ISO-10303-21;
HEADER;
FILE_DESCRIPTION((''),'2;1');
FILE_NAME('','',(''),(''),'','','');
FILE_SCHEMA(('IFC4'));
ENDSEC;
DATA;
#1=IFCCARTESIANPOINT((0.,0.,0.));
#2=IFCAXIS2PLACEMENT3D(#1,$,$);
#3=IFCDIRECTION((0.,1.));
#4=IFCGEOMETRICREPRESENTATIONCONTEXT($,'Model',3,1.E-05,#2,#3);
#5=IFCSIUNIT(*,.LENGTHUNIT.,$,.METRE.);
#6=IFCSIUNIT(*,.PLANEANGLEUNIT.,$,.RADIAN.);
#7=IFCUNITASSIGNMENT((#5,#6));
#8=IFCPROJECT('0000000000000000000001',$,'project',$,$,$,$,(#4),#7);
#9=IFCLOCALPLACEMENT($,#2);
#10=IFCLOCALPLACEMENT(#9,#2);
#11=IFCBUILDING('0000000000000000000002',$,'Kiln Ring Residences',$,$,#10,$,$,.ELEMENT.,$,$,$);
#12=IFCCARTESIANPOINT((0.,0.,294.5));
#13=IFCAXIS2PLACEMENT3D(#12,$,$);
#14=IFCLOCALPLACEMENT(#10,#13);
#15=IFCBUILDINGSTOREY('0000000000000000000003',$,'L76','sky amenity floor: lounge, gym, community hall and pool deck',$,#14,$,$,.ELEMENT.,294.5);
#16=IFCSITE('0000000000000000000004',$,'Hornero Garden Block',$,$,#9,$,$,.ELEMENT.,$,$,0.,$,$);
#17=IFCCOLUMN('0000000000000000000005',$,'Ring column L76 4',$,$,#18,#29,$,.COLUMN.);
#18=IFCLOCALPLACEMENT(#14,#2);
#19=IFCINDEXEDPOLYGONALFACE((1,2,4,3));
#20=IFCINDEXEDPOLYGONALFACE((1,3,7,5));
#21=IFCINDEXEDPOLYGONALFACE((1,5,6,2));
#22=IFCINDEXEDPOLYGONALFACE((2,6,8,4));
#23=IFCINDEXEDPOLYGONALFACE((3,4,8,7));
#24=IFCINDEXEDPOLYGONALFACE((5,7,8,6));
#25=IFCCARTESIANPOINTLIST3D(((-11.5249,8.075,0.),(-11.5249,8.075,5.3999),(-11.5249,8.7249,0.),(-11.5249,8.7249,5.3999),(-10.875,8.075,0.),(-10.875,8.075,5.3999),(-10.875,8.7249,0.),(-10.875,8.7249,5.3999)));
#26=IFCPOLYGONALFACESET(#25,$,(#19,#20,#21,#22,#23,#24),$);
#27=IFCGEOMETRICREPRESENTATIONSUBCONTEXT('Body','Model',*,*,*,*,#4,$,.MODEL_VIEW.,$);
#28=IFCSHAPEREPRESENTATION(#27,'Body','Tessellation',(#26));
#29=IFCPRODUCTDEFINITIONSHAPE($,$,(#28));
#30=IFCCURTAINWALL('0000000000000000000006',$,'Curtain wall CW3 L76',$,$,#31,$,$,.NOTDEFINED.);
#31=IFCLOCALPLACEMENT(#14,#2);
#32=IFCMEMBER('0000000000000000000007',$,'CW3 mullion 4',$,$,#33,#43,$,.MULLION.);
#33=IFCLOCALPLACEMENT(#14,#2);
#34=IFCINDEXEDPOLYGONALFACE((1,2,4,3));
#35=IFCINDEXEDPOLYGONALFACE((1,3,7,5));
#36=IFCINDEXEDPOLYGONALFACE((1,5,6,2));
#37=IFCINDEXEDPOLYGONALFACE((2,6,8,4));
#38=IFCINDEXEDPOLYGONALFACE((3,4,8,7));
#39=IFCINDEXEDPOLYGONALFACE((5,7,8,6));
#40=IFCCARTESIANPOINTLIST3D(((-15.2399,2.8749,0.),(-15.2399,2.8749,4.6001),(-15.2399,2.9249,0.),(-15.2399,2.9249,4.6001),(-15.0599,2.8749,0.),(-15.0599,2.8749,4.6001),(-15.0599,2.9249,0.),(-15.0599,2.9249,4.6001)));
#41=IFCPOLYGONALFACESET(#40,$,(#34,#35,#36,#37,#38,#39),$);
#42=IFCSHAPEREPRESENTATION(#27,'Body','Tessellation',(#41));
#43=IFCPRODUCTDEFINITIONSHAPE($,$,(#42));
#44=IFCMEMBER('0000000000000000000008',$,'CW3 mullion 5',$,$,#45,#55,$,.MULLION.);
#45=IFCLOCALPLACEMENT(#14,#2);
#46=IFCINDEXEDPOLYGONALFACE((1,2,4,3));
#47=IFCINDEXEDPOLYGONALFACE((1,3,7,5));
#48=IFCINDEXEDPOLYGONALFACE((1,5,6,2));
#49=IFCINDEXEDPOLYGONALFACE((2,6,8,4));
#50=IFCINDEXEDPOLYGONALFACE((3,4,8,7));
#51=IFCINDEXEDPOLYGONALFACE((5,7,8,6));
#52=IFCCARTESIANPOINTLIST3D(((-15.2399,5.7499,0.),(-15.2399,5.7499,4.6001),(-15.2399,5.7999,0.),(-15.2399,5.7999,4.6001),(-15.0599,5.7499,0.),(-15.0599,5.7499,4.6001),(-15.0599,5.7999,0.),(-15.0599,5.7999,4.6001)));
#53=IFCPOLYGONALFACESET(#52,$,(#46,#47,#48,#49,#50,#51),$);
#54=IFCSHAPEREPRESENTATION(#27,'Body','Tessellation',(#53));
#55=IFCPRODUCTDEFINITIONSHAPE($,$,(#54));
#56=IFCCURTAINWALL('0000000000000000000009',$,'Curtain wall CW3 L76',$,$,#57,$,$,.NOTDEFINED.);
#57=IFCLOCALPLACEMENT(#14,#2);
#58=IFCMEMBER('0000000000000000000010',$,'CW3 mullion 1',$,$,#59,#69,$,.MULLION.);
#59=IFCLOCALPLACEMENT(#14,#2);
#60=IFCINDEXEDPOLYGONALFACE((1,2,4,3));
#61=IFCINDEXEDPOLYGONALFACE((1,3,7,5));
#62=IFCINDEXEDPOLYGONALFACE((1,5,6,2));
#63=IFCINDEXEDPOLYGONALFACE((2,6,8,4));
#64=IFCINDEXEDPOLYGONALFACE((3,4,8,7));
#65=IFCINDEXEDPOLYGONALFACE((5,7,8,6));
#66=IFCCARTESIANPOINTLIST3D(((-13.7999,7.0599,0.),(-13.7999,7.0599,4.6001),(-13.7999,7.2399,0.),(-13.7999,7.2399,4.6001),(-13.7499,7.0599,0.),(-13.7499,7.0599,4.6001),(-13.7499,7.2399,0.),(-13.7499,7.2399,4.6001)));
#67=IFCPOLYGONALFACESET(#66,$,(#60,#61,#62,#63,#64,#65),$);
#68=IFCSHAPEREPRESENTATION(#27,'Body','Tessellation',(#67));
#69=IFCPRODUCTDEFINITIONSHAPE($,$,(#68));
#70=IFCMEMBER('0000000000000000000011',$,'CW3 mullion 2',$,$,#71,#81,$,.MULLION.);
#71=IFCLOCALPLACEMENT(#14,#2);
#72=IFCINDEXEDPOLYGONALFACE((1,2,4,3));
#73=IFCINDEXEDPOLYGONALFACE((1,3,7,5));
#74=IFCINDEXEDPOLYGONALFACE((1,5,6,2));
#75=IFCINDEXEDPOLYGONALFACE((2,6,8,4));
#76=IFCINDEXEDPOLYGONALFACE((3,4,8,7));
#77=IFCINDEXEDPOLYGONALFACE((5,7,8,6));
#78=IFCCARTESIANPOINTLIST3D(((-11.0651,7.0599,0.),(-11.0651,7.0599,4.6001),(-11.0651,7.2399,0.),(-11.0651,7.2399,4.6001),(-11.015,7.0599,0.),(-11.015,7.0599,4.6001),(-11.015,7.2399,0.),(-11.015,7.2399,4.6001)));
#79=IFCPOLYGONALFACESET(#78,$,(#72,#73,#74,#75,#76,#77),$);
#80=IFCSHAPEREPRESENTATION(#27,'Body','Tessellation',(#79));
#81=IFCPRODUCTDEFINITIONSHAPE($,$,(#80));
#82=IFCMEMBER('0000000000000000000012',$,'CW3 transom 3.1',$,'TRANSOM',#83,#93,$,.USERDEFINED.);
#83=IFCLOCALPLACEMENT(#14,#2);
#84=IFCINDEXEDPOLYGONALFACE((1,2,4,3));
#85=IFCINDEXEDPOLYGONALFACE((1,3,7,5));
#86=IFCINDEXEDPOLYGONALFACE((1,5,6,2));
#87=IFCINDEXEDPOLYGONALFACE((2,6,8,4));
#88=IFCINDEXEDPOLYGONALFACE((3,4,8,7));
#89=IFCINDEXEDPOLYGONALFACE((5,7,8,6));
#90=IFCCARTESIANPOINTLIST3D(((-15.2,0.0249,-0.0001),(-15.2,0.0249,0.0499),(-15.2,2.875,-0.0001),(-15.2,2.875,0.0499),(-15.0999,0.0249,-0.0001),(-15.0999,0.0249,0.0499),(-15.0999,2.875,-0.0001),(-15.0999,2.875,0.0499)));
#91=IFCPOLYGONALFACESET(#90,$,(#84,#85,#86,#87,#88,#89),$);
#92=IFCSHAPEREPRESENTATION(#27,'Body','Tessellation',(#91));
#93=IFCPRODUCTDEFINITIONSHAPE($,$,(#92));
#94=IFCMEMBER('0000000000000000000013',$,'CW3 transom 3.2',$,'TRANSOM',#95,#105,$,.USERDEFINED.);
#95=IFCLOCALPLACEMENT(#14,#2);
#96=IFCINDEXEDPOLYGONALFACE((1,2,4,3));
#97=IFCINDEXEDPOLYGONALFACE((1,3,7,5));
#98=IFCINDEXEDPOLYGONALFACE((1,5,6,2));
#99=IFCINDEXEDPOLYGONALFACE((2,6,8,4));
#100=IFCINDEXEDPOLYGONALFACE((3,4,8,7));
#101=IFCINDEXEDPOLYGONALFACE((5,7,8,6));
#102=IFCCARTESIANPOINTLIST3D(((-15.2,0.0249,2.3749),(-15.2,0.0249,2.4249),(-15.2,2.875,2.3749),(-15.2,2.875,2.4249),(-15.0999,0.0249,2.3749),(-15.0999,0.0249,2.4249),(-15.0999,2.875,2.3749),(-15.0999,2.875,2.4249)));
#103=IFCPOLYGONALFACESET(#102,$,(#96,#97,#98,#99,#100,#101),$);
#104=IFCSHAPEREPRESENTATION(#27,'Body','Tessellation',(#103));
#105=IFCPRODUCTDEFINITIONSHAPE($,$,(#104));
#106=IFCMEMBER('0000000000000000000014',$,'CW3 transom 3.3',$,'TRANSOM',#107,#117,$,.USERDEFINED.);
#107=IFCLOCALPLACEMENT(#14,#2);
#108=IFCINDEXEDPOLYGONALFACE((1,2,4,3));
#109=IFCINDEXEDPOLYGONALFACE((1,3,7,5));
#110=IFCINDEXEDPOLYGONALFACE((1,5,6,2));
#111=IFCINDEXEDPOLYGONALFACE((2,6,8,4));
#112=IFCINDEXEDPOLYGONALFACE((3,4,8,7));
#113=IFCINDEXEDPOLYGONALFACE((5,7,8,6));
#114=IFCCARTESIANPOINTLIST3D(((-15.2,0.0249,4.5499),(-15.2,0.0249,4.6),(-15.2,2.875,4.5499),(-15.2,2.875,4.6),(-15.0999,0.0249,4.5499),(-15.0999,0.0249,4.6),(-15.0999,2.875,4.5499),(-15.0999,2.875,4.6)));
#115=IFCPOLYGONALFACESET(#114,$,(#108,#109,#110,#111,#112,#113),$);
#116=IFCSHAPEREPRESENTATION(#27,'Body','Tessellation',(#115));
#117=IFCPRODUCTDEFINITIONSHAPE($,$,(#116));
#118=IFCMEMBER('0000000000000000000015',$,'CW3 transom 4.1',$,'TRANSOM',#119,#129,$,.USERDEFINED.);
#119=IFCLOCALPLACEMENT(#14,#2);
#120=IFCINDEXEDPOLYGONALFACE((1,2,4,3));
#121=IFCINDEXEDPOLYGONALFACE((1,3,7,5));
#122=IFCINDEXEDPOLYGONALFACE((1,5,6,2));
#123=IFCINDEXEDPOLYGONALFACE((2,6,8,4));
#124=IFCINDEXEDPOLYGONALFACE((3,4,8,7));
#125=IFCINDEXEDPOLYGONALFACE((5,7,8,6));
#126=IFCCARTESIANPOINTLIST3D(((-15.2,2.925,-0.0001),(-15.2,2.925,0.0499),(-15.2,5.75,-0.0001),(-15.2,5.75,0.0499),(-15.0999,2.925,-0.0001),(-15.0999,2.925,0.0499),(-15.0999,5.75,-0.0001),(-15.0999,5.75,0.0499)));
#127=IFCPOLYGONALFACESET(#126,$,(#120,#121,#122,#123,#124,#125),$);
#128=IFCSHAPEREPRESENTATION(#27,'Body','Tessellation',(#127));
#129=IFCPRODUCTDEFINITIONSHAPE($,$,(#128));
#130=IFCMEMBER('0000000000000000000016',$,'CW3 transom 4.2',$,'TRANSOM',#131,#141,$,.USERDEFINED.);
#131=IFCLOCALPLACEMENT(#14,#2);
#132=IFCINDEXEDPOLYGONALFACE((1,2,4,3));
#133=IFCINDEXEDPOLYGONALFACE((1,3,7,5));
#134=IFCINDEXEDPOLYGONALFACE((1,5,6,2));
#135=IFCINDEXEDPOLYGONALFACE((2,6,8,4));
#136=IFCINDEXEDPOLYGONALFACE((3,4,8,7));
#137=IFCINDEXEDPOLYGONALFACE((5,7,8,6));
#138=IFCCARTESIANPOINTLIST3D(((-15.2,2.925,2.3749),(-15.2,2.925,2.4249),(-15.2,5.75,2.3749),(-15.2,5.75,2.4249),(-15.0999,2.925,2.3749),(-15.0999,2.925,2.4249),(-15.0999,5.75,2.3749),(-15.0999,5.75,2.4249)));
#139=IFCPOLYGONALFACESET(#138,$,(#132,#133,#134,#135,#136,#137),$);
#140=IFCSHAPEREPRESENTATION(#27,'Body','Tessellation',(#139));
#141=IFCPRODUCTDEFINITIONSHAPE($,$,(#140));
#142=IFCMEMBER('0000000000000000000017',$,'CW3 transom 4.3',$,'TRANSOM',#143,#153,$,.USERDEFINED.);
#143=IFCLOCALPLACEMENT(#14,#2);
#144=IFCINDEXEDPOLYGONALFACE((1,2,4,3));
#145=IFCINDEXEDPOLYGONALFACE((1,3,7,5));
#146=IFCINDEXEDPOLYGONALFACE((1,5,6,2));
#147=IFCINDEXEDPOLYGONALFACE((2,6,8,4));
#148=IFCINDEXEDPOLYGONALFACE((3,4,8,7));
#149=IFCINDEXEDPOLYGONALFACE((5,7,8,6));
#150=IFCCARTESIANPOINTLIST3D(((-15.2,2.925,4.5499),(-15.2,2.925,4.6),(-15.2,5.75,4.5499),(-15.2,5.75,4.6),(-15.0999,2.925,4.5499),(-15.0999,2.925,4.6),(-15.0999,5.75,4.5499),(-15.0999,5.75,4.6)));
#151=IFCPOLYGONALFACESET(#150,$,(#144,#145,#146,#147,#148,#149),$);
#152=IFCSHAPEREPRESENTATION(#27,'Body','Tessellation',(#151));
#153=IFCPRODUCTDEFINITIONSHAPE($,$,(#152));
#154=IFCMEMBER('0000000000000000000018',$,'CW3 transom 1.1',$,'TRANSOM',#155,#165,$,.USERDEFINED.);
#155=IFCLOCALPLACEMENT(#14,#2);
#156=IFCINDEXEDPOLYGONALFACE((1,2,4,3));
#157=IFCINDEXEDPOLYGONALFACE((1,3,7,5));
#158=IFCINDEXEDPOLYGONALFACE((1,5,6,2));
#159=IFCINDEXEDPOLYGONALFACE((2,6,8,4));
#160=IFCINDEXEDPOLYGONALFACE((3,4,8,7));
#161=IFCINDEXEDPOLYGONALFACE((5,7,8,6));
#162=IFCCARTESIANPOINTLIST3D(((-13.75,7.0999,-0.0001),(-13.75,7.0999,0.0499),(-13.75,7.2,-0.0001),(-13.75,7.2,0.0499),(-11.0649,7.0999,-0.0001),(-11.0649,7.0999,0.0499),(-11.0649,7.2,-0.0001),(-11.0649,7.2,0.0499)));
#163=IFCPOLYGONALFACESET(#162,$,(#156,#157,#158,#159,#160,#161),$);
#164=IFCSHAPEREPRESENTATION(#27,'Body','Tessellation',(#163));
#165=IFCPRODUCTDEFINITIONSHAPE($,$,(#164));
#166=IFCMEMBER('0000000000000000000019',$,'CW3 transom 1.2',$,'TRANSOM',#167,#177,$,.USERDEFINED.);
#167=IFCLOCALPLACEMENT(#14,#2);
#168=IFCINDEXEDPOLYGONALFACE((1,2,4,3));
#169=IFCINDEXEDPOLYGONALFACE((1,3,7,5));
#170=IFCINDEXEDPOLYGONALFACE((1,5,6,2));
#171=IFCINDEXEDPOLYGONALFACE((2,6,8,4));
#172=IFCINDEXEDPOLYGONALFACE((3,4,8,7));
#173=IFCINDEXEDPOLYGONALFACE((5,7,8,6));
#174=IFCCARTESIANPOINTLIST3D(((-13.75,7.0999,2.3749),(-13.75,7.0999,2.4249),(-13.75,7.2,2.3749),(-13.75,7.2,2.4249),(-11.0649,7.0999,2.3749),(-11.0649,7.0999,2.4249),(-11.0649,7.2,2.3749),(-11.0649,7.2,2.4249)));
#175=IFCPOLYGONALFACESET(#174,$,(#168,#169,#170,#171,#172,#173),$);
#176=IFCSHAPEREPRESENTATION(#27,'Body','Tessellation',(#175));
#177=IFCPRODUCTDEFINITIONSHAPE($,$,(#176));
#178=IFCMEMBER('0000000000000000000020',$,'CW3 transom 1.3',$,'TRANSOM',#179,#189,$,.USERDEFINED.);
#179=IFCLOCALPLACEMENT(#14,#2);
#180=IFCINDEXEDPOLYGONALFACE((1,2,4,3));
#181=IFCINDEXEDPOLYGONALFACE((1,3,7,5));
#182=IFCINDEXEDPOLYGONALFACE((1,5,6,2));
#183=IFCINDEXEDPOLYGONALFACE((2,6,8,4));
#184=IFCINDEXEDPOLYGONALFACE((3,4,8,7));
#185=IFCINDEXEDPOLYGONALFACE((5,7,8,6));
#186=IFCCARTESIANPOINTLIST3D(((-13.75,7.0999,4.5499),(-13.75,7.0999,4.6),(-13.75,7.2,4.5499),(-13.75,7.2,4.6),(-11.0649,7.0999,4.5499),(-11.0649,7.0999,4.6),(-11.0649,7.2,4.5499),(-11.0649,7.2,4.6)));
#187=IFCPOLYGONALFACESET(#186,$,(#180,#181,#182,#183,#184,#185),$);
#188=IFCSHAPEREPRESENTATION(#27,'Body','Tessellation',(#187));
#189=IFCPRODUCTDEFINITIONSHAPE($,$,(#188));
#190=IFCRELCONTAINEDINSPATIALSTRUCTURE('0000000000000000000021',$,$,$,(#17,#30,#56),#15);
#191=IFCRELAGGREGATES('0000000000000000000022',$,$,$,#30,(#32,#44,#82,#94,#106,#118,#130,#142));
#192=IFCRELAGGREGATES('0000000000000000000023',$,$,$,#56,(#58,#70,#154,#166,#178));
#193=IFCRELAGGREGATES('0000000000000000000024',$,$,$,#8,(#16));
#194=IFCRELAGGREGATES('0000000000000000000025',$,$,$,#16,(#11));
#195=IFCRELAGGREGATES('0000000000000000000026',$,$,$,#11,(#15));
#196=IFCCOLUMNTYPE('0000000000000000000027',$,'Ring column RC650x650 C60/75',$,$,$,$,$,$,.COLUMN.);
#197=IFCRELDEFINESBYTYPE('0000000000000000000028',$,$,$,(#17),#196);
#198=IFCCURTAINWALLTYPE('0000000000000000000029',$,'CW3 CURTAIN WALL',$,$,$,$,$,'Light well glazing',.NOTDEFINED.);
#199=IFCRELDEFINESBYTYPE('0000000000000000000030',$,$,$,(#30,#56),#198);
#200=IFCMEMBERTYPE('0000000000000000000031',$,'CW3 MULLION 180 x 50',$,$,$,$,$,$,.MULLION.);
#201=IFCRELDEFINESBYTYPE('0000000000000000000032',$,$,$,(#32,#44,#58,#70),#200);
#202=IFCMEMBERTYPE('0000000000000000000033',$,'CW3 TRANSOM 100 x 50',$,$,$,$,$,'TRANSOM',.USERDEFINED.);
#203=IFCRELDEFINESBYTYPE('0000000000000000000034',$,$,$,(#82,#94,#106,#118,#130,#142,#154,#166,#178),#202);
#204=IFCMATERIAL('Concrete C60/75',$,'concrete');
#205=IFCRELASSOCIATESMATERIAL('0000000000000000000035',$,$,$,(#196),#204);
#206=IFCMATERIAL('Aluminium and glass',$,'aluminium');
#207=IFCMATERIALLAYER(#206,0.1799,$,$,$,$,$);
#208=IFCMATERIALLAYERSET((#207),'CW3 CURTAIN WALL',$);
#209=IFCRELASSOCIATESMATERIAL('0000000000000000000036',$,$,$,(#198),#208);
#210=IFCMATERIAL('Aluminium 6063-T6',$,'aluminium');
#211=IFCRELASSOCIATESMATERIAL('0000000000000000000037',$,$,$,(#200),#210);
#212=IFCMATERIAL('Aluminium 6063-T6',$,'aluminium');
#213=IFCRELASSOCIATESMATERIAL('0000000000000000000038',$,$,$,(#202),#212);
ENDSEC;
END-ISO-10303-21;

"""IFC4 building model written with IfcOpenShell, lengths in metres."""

from ifc_helpers import new_model, si_unit, direction, frame, origin, origin_2d, place, context, subcontext, project, spatial, rectangle, extrude, material, layer, layer_set, material_profile, profile_set, type_object, element, aggregate, save


model = new_model("IFC4")

# Units and contexts
model_context = context("Model", 3, precision=1e-05, world=origin(), true_north=direction((0.0, 1.0)))
body_context = subcontext(model_context, "Body", "Model", "MODEL_VIEW")
ifc_project = project(units=[si_unit("LENGTHUNIT", "METRE"), si_unit("PLANEANGLEUNIT", "RADIAN")], contexts=[model_context])

# Site, building, storey
site_placement = place(None, origin())
site = spatial("IfcSite", under=ifc_project, at=site_placement, Name="Hornero Garden Block", CompositionType="ELEMENT", RefElevation=0.0)
building_placement = place(site_placement, origin())
building = spatial("IfcBuilding", under=site, at=building_placement, Name="Kiln Ring Residences", CompositionType="ELEMENT")
storey_placement = place(building_placement, frame((0.0, 0.0, 294.5)))
storey = spatial("IfcBuildingStorey", under=building, at=storey_placement, Name="L76", Description="sky amenity floor: lounge, gym, community hall and pool deck", CompositionType="ELEMENT", Elevation=294.5)

# Column
ifc_material_1 = material(Name="Concrete C60/75", Category="concrete")
ifc_material_profile_1 = material_profile(ifc_material_1, rectangle(XDim=0.6499, YDim=0.6499, at=origin_2d()), Name="RC650x650")
ifc_profile_set_1 = profile_set([ifc_material_profile_1], Name="Concrete C60/75")
column_type = type_object("IfcColumnType", Name="Ring column RC650x650 C60/75", PredefinedType="COLUMN", material=ifc_profile_set_1)
column_placement = place(storey_placement, frame((-11.2, 8.3999, 0.0), z_axis=(0.0, 0.0, 1.0), x_axis=(1.0, 0.0, 0.0)))
element("IfcColumn", 1, at=column_placement, inside=storey, type_object=column_type, Name="Ring column L76 4", PredefinedType="COLUMN", context=body_context, shape_type="SweptSolid", body=[
    extrude(rectangle(XDim=0.6499, YDim=0.6499, at=origin_2d()), origin(), (0.0, 0.0, 1.0), 5.3999),
])

# Curtain walls, members
ifc_material_2 = material(Name="Aluminium and glass", Category="aluminium")
ifc_layer_1 = layer(ifc_material_2, 0.1799)
ifc_layer_set_1 = layer_set([ifc_layer_1], Name="CW3 CURTAIN WALL")
curtain_wall_type = type_object("IfcCurtainWallType", Name="CW3 CURTAIN WALL", ElementType="Light well glazing", PredefinedType="NOTDEFINED", material=ifc_layer_set_1)
placement = place(storey_placement, origin())
curtain_wall_1 = element("IfcCurtainWall", 2, at=placement, inside=storey, type_object=curtain_wall_type, Name="Curtain wall CW3 L76", PredefinedType="NOTDEFINED")
ifc_material_3 = material(Name="Aluminium 6063-T6", Category="aluminium")
ifc_material_profile_2 = material_profile(ifc_material_3, rectangle(XDim=0.1799, YDim=0.05, at=origin_2d()), Name="AL 180x50")
ifc_profile_set_2 = profile_set([ifc_material_profile_2], Name="Aluminium 6063-T6")
member_type_1 = type_object("IfcMemberType", Name="CW3 MULLION 180 x 50", PredefinedType="MULLION", material=ifc_profile_set_2)
member_1_placement = place(storey_placement, frame((-15.1499, 2.8999, 0.0), z_axis=(0.0, 0.0, 1.0), x_axis=(-1.0, 0.0, 0.0)))
member_1 = element("IfcMember", 3, at=member_1_placement, type_object=member_type_1, Name="CW3 mullion 4", PredefinedType="MULLION", context=body_context, shape_type="SweptSolid", body=[
    extrude(rectangle(XDim=0.1799, YDim=0.05, at=origin_2d()), origin(), (0.0, 0.0, 1.0), 4.6001),
])
member_2_placement = place(storey_placement, frame((-15.1499, 5.7749, 0.0), z_axis=(0.0, 0.0, 1.0), x_axis=(-1.0, 0.0, 0.0)))
member_2 = element("IfcMember", 4, at=member_2_placement, type_object=member_type_1, Name="CW3 mullion 5", PredefinedType="MULLION", context=body_context, shape_type="SweptSolid", body=[
    extrude(rectangle(XDim=0.1799, YDim=0.05, at=origin_2d()), origin(), (0.0, 0.0, 1.0), 4.6001),
])
curtain_wall_2 = element("IfcCurtainWall", 5, at=placement, inside=storey, type_object=curtain_wall_type, Name="Curtain wall CW3 L76", PredefinedType="NOTDEFINED")
member_3_placement = place(storey_placement, frame((-13.7749, 7.1499, 0.0), z_axis=(0.0, 0.0, 1.0), x_axis=(0.0, 1.0, 0.0)))
member_3 = element("IfcMember", 6, at=member_3_placement, type_object=member_type_1, Name="CW3 mullion 1", PredefinedType="MULLION", context=body_context, shape_type="SweptSolid", body=[
    extrude(rectangle(XDim=0.1799, YDim=0.05, at=origin_2d()), origin(), (0.0, 0.0, 1.0), 4.6001),
])
member_4_placement = place(storey_placement, frame((-11.04, 7.1499, 0.0), z_axis=(0.0, 0.0, 1.0), x_axis=(0.0, 1.0, 0.0)))
member_4 = element("IfcMember", 7, at=member_4_placement, type_object=member_type_1, Name="CW3 mullion 2", PredefinedType="MULLION", context=body_context, shape_type="SweptSolid", body=[
    extrude(rectangle(XDim=0.1799, YDim=0.05, at=origin_2d()), origin(), (0.0, 0.0, 1.0), 4.6001),
])

# Members
ifc_material_4 = material(Name="Aluminium 6063-T6", Category="aluminium")
ifc_material_profile_3 = material_profile(ifc_material_4, rectangle(XDim=0.1001, YDim=0.05, at=origin_2d()), Name="AL 100x50")
ifc_profile_set_3 = profile_set([ifc_material_profile_3], Name="Aluminium 6063-T6")
member_type_2 = type_object("IfcMemberType", Name="CW3 TRANSOM 100 x 50", ElementType="TRANSOM", PredefinedType="USERDEFINED", material=ifc_profile_set_3)
member_5_placement = place(storey_placement, frame((-15.1499, 0.0249, 0.0249), z_axis=(0.0, 1.0, 0.0), x_axis=(-1.0, 0.0, 0.0)))
member_5 = element("IfcMember", 8, at=member_5_placement, type_object=member_type_2, Name="CW3 transom 3.1", ObjectType="TRANSOM", PredefinedType="USERDEFINED", context=body_context, shape_type="SweptSolid", body=[
    extrude(rectangle(XDim=0.1001, YDim=0.05, at=origin_2d()), origin(), (0.0, 0.0, 1.0), 2.8501),
])
member_6_placement = place(storey_placement, frame((-15.1499, 0.0249, 2.3999), z_axis=(0.0, 1.0, 0.0), x_axis=(-1.0, 0.0, 0.0)))
member_6 = element("IfcMember", 9, at=member_6_placement, type_object=member_type_2, Name="CW3 transom 3.2", ObjectType="TRANSOM", PredefinedType="USERDEFINED", context=body_context, shape_type="SweptSolid", body=[
    extrude(rectangle(XDim=0.1001, YDim=0.05, at=origin_2d()), origin(), (0.0, 0.0, 1.0), 2.8501),
])
member_7_placement = place(storey_placement, frame((-15.1499, 0.0249, 4.575), z_axis=(0.0, 1.0, 0.0), x_axis=(-1.0, 0.0, 0.0)))
member_7 = element("IfcMember", 10, at=member_7_placement, type_object=member_type_2, Name="CW3 transom 3.3", ObjectType="TRANSOM", PredefinedType="USERDEFINED", context=body_context, shape_type="SweptSolid", body=[
    extrude(rectangle(XDim=0.1001, YDim=0.05, at=origin_2d()), origin(), (0.0, 0.0, 1.0), 2.8501),
])
member_8_placement = place(storey_placement, frame((-15.1499, 2.925, 0.0249), z_axis=(0.0, 1.0, 0.0), x_axis=(-1.0, 0.0, 0.0)))
member_8 = element("IfcMember", 11, at=member_8_placement, type_object=member_type_2, Name="CW3 transom 4.1", ObjectType="TRANSOM", PredefinedType="USERDEFINED", context=body_context, shape_type="SweptSolid", body=[
    extrude(rectangle(XDim=0.1001, YDim=0.05, at=origin_2d()), origin(), (0.0, 0.0, 1.0), 2.825),
])
member_9_placement = place(storey_placement, frame((-15.1499, 2.925, 2.3999), z_axis=(0.0, 1.0, 0.0), x_axis=(-1.0, 0.0, 0.0)))
member_9 = element("IfcMember", 12, at=member_9_placement, type_object=member_type_2, Name="CW3 transom 4.2", ObjectType="TRANSOM", PredefinedType="USERDEFINED", context=body_context, shape_type="SweptSolid", body=[
    extrude(rectangle(XDim=0.1001, YDim=0.05, at=origin_2d()), origin(), (0.0, 0.0, 1.0), 2.825),
])
member_10_placement = place(storey_placement, frame((-15.1499, 2.925, 4.575), z_axis=(0.0, 1.0, 0.0), x_axis=(-1.0, 0.0, 0.0)))
member_10 = element("IfcMember", 13, at=member_10_placement, type_object=member_type_2, Name="CW3 transom 4.3", ObjectType="TRANSOM", PredefinedType="USERDEFINED", context=body_context, shape_type="SweptSolid", body=[
    extrude(rectangle(XDim=0.1001, YDim=0.05, at=origin_2d()), origin(), (0.0, 0.0, 1.0), 2.825),
])
member_11_placement = place(storey_placement, frame((-13.75, 7.1499, 0.0249), z_axis=(1.0, 0.0, 0.0), x_axis=(0.0, 1.0, 0.0)))
member_11 = element("IfcMember", 14, at=member_11_placement, type_object=member_type_2, Name="CW3 transom 1.1", ObjectType="TRANSOM", PredefinedType="USERDEFINED", context=body_context, shape_type="SweptSolid", body=[
    extrude(rectangle(XDim=0.1001, YDim=0.05, at=origin_2d()), origin(), (0.0, 0.0, 1.0), 2.6851),
])
member_12_placement = place(storey_placement, frame((-13.75, 7.1499, 2.3999), z_axis=(1.0, 0.0, 0.0), x_axis=(0.0, 1.0, 0.0)))
member_12 = element("IfcMember", 15, at=member_12_placement, type_object=member_type_2, Name="CW3 transom 1.2", ObjectType="TRANSOM", PredefinedType="USERDEFINED", context=body_context, shape_type="SweptSolid", body=[
    extrude(rectangle(XDim=0.1001, YDim=0.05, at=origin_2d()), origin(), (0.0, 0.0, 1.0), 2.6851),
])
member_13_placement = place(storey_placement, frame((-13.75, 7.1499, 4.575), z_axis=(1.0, 0.0, 0.0), x_axis=(0.0, 1.0, 0.0)))
member_13 = element("IfcMember", 16, at=member_13_placement, type_object=member_type_2, Name="CW3 transom 1.3", ObjectType="TRANSOM", PredefinedType="USERDEFINED", context=body_context, shape_type="SweptSolid", body=[
    extrude(rectangle(XDim=0.1001, YDim=0.05, at=origin_2d()), origin(), (0.0, 0.0, 1.0), 2.6851),
])

aggregate(curtain_wall_1, [member_1, member_2, member_5, member_6, member_7, member_8, member_9, member_10])
aggregate(curtain_wall_2, [member_3, member_4, member_11, member_12, member_13])

save(model, "model.ifc")
